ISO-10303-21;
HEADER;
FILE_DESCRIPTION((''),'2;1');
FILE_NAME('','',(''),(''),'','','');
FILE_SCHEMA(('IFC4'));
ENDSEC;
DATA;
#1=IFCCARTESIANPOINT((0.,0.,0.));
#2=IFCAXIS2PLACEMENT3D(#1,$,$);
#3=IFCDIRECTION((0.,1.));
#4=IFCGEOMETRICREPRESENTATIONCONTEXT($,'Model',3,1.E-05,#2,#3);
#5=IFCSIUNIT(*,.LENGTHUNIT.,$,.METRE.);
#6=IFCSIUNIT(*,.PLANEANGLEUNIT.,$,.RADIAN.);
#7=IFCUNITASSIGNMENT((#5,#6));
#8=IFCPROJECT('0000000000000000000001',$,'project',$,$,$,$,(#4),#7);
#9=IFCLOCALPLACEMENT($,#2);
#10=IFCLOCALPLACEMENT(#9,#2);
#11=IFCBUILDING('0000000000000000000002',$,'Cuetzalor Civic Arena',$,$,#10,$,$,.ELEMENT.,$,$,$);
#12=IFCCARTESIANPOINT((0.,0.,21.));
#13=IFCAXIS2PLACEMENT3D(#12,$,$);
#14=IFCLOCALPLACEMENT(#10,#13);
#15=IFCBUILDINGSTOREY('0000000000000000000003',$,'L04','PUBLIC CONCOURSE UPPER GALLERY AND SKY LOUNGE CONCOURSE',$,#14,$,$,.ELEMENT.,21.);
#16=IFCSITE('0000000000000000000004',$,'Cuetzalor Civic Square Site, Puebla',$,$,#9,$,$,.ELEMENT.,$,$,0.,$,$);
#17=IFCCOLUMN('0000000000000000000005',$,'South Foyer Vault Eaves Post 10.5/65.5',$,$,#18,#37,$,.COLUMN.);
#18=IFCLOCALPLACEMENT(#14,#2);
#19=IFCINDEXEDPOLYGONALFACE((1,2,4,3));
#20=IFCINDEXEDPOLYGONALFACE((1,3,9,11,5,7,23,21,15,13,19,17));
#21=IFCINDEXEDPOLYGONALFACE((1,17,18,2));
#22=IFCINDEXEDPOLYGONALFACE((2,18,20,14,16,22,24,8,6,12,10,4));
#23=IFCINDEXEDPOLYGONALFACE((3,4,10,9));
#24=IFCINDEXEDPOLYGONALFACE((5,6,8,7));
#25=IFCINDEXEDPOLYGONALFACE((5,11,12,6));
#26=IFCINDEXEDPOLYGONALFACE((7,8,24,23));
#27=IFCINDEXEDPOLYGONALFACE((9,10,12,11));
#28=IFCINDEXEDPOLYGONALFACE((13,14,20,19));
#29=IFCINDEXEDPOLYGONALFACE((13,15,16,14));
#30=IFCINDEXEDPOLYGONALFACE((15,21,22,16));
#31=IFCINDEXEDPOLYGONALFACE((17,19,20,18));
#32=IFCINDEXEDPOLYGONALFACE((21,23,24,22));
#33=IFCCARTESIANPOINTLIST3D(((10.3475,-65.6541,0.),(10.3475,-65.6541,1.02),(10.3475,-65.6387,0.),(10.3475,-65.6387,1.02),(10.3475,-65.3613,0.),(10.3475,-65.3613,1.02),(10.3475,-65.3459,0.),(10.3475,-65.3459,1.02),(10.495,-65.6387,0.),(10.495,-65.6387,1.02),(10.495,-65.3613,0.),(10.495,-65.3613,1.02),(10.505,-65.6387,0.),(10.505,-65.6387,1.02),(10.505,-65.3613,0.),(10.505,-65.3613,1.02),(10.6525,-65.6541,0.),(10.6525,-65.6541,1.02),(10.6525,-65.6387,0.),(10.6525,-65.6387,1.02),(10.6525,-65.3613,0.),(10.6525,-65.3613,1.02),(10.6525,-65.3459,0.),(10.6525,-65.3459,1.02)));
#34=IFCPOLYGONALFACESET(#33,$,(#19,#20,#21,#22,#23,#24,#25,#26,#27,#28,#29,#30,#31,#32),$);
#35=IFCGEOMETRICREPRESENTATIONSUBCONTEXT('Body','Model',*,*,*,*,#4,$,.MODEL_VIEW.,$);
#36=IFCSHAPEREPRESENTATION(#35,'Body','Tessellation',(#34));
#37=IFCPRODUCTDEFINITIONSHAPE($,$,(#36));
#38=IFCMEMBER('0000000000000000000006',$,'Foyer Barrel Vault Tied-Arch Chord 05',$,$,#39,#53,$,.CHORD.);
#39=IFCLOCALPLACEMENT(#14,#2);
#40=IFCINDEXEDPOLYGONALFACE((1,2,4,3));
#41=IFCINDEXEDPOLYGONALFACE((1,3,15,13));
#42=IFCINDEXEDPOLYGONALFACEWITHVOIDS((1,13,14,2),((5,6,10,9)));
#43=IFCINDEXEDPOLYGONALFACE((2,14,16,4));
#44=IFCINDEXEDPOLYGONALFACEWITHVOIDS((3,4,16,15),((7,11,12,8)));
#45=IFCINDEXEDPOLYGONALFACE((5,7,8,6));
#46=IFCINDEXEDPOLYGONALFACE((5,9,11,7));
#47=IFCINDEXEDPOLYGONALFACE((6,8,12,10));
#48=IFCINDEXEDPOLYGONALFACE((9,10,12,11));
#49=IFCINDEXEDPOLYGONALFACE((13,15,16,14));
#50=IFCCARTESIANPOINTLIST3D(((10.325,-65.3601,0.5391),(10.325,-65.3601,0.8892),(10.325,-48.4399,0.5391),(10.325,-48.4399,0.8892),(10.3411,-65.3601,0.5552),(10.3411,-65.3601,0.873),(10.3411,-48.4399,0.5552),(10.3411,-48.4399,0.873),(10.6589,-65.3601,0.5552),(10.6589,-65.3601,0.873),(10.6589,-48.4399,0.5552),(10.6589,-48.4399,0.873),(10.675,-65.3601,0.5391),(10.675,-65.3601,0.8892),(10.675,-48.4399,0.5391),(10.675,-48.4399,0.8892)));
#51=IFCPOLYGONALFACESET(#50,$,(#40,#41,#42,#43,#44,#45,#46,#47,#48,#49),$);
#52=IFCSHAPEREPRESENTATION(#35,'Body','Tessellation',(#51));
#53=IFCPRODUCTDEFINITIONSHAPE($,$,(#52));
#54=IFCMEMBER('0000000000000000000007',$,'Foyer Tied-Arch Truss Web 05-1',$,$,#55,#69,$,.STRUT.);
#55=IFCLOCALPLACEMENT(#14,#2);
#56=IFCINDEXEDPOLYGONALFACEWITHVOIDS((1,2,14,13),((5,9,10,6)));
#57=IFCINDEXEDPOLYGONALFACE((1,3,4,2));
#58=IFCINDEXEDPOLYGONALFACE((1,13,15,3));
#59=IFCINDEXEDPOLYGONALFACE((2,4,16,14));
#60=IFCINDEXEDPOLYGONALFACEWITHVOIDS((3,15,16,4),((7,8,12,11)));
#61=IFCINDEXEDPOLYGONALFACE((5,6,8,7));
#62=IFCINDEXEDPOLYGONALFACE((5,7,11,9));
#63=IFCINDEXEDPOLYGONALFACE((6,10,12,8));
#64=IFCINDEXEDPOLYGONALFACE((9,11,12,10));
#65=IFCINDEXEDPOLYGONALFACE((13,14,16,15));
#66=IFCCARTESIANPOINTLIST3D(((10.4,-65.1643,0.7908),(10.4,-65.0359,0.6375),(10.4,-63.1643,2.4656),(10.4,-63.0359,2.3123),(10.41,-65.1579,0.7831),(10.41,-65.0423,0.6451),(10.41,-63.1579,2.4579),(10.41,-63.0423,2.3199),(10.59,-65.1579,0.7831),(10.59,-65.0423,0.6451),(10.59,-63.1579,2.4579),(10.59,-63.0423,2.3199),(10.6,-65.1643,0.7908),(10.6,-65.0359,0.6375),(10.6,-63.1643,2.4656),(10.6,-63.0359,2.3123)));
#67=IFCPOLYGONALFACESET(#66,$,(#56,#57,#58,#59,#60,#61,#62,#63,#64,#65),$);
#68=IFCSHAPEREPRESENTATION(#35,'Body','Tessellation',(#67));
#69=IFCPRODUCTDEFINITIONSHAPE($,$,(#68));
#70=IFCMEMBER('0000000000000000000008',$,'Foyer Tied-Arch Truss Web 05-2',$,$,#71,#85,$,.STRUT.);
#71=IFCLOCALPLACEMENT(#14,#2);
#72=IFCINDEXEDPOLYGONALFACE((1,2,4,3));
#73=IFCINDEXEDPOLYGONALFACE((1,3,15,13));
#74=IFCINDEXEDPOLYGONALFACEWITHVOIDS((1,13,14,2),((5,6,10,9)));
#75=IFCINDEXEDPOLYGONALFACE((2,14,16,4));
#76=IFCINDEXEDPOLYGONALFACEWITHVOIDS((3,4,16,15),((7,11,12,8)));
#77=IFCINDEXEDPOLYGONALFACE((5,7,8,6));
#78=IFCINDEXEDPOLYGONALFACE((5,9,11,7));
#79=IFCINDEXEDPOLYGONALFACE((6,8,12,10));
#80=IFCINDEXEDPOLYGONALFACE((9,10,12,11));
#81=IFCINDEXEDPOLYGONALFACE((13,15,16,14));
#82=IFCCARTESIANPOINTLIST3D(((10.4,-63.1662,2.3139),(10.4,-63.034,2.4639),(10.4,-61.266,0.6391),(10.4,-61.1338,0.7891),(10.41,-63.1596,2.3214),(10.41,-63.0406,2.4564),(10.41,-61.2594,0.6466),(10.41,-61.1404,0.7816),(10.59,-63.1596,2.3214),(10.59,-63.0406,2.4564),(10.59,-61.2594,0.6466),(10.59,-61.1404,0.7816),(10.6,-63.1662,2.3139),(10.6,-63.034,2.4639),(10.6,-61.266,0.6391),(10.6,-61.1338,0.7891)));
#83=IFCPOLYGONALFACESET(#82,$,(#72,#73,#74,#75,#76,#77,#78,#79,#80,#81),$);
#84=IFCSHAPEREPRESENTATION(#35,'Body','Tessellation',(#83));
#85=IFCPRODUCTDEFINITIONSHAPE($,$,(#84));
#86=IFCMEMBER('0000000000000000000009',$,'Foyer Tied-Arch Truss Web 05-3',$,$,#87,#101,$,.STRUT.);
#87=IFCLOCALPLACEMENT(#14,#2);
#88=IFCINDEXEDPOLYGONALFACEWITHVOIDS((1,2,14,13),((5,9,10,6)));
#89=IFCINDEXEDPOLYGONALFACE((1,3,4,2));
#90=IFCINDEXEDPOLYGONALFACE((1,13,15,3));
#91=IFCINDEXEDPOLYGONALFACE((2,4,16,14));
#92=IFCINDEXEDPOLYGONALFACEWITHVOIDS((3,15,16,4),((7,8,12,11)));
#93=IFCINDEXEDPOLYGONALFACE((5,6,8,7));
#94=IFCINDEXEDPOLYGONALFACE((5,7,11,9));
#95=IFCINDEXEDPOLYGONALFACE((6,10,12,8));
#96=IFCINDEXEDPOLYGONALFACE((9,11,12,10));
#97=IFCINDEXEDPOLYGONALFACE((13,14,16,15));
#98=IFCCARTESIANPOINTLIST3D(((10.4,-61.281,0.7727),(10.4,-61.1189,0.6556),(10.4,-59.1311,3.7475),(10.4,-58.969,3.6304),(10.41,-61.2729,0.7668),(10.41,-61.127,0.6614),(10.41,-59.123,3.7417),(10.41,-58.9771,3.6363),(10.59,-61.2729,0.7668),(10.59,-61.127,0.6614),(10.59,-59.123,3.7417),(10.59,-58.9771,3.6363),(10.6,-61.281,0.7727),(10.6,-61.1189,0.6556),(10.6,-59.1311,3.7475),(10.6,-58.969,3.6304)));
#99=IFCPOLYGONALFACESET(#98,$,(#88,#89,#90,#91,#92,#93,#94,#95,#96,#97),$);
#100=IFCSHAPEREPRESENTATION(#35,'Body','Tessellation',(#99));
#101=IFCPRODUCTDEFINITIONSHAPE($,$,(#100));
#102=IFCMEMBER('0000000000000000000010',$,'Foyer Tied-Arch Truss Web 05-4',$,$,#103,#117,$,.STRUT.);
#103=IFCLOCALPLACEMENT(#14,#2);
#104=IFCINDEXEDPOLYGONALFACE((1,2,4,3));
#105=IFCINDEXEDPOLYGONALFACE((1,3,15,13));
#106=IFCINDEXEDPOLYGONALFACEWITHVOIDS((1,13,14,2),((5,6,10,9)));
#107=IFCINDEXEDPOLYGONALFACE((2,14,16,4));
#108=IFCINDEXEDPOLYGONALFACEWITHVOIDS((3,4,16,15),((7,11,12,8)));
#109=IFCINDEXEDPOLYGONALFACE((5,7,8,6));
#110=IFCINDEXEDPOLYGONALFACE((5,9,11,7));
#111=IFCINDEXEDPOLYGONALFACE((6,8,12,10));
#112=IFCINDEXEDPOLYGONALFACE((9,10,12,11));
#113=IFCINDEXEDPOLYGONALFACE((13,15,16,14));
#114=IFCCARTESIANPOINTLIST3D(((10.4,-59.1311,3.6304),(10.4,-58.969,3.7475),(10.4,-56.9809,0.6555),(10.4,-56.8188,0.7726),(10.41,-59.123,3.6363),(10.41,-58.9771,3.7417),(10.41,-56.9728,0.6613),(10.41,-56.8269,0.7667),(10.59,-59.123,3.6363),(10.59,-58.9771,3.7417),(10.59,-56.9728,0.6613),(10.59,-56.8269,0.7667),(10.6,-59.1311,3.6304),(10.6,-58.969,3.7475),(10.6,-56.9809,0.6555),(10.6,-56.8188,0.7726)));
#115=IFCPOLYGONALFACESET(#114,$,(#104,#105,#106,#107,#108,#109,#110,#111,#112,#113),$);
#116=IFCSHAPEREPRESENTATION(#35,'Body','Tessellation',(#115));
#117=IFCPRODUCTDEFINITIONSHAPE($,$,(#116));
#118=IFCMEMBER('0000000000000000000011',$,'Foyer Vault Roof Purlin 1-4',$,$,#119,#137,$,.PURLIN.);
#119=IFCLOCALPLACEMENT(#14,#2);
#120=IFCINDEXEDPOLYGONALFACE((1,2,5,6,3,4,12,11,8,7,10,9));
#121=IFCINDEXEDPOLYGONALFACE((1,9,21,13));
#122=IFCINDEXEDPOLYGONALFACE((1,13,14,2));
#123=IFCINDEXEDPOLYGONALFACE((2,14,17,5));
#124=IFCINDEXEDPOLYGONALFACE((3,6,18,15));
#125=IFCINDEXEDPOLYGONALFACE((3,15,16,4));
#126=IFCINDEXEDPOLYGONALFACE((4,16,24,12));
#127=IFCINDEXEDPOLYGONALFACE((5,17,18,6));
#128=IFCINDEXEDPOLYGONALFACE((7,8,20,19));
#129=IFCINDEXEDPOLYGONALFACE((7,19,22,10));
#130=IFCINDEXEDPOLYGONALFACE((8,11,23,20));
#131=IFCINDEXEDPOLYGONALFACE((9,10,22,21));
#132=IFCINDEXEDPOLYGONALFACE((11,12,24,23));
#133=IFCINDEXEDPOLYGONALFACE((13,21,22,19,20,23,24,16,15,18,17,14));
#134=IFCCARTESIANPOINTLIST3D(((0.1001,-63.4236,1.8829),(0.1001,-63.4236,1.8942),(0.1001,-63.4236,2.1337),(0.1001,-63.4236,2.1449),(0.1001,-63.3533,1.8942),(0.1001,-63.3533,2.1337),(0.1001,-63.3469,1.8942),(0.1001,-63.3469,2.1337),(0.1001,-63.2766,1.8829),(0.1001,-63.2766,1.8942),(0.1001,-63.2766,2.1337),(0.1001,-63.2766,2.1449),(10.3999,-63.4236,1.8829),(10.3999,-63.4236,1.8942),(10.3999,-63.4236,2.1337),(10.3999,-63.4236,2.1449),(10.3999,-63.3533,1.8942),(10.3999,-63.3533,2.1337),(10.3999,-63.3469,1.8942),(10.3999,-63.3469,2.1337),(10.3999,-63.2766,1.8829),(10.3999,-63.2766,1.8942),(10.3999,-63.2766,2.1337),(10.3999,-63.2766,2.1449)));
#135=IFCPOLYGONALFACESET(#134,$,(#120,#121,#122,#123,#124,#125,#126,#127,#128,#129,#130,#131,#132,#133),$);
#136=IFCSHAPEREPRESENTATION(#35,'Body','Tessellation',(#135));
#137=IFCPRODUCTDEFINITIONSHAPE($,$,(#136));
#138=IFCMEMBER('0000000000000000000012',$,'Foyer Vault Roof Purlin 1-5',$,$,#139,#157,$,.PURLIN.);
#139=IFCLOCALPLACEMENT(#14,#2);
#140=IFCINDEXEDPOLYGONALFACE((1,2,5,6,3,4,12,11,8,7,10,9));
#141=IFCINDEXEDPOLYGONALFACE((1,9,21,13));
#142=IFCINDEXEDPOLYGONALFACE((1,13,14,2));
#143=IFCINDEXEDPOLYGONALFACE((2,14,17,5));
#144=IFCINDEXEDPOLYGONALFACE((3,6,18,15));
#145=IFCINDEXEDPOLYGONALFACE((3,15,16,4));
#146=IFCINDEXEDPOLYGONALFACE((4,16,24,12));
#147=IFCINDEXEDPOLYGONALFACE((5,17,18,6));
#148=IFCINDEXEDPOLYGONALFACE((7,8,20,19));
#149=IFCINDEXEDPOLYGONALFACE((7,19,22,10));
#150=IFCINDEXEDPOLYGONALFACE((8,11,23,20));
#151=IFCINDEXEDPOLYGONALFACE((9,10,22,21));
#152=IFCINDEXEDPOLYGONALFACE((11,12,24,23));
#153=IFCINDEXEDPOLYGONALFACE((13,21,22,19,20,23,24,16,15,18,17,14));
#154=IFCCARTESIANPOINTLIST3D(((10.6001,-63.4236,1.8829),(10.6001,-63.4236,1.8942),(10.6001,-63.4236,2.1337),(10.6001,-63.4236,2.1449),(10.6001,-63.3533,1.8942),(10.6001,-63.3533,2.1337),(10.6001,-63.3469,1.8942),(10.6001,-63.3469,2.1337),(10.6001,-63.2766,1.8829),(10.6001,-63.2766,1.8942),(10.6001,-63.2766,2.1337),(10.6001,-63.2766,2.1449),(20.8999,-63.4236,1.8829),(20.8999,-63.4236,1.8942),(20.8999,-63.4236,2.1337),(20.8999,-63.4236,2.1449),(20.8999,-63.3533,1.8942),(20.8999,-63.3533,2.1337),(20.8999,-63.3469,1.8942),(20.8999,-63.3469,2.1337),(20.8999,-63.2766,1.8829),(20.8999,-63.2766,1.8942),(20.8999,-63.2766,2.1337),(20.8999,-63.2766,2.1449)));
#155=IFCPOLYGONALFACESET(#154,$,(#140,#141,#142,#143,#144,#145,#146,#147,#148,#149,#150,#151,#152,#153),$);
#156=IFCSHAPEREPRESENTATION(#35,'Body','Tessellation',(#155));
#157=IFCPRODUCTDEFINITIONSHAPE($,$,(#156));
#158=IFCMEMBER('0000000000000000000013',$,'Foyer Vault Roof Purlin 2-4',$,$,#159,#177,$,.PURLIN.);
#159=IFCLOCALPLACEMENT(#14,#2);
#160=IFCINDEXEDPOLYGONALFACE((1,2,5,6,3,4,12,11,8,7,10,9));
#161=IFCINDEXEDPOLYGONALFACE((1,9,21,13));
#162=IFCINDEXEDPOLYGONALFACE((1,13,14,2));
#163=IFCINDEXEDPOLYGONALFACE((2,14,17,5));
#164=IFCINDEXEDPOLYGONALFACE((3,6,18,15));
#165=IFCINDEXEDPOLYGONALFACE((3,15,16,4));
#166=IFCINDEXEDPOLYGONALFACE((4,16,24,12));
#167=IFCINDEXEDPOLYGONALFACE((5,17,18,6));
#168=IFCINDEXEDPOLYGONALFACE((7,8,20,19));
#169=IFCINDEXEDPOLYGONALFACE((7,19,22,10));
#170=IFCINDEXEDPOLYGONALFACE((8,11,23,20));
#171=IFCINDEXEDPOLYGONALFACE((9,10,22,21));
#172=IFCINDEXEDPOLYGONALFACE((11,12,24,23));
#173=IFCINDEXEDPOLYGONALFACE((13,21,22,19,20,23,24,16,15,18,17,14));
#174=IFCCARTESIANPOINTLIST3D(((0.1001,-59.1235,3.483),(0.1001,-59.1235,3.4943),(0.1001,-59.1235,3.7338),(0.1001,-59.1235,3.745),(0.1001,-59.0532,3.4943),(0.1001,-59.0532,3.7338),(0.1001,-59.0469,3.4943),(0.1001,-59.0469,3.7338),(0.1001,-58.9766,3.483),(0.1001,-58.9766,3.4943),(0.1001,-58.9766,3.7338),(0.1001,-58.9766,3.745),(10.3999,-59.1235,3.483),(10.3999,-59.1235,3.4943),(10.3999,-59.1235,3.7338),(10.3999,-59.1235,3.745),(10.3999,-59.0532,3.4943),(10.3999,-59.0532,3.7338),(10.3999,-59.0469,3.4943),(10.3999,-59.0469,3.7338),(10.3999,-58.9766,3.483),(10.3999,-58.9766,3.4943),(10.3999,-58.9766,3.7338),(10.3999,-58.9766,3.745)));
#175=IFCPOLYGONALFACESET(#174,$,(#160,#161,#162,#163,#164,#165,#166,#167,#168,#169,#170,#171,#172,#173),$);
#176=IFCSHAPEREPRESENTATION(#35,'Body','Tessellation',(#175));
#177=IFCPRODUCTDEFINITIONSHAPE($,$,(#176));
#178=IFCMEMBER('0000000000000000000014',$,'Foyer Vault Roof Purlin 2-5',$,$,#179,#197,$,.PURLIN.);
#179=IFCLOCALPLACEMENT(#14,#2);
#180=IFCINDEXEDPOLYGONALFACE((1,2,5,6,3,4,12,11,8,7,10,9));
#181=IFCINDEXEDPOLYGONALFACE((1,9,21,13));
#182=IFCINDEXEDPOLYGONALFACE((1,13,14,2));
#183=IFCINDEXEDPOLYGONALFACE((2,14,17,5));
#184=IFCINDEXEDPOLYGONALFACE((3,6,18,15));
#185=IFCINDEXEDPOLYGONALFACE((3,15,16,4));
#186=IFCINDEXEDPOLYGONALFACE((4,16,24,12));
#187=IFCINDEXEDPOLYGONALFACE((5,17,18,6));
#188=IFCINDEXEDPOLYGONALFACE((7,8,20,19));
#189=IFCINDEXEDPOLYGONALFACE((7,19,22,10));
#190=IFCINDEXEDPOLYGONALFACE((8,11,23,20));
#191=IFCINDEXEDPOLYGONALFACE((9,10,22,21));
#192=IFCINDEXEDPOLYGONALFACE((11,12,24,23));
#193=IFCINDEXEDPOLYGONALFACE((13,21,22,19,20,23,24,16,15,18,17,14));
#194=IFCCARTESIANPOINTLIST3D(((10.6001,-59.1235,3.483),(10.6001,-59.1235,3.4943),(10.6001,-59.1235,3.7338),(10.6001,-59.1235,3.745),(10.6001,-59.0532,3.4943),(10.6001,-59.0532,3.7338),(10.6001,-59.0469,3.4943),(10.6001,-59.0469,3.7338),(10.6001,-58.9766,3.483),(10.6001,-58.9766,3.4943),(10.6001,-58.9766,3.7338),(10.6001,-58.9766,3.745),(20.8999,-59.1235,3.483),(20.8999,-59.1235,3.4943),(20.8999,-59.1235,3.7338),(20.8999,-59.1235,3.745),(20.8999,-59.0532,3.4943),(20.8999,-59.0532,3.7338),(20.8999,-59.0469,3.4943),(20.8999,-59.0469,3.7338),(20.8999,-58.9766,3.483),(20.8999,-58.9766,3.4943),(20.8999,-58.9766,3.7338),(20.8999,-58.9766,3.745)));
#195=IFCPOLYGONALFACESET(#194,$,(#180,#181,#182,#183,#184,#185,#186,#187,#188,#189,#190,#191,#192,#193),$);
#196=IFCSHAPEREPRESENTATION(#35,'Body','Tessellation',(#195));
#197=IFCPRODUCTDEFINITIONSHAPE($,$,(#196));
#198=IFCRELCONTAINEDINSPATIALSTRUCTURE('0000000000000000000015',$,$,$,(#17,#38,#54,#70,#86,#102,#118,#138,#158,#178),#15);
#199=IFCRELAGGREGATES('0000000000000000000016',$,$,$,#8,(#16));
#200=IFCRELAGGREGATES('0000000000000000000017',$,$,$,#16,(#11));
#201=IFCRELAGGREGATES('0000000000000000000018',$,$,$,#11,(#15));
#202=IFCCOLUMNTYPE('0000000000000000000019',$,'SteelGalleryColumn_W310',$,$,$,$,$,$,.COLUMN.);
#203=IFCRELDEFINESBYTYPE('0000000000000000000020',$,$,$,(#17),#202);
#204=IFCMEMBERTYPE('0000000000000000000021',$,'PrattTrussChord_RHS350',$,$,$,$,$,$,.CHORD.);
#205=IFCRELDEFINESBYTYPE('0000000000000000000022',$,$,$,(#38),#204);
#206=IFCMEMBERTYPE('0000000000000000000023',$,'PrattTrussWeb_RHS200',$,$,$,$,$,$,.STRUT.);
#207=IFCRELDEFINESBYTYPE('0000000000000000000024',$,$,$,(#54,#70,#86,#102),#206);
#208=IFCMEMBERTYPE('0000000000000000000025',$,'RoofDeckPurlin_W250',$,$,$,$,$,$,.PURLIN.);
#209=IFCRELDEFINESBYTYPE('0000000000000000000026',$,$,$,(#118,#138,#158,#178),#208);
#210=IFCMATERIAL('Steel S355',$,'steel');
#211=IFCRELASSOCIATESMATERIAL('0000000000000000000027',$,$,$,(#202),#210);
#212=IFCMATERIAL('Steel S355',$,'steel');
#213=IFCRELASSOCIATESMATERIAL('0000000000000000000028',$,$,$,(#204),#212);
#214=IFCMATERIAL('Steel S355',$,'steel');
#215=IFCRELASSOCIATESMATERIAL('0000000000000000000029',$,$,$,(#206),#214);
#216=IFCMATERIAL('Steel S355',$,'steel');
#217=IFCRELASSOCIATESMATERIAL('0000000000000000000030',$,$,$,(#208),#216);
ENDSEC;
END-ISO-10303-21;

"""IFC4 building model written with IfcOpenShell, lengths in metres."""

from ifc_helpers import new_model, si_unit, direction, frame, origin, origin_2d, place, context, subcontext, project, spatial, hollow_rectangle, i_section, extrude, material, material_profile, profile_set, type_object, element, save


model = new_model("IFC4")

# Units and contexts
model_context = context("Model", 3, precision=1e-05, world=origin(), true_north=direction((0.0, 1.0)))
body_context = subcontext(model_context, "Body", "Model", "MODEL_VIEW")
ifc_project = project(units=[si_unit("LENGTHUNIT", "METRE"), si_unit("PLANEANGLEUNIT", "RADIAN")], contexts=[model_context])

# Site, building, storey
site_placement = place(None, origin())
site = spatial("IfcSite", under=ifc_project, at=site_placement, Name="Cuetzalor Civic Square Site, Puebla", CompositionType="ELEMENT", RefElevation=0.0)
building_placement = place(site_placement, origin())
building = spatial("IfcBuilding", under=site, at=building_placement, Name="Cuetzalor Civic Arena", CompositionType="ELEMENT")
storey_placement = place(building_placement, frame((0.0, 0.0, 21.0)))
storey = spatial("IfcBuildingStorey", under=building, at=storey_placement, Name="L04", Description="PUBLIC CONCOURSE UPPER GALLERY AND SKY LOUNGE CONCOURSE", CompositionType="ELEMENT", Elevation=21.0)

# Column
ifc_material_1 = material(Name="Steel S355", Category="steel")
ifc_material_profile_1 = material_profile(ifc_material_1, i_section(OverallWidth=0.3049, OverallDepth=0.3081, WebThickness=0.01, FlangeThickness=0.0154, at=origin_2d()), Name="W310x97")
ifc_profile_set_1 = profile_set([ifc_material_profile_1], Name="Steel S355")
column_type = type_object("IfcColumnType", Name="SteelGalleryColumn_W310", PredefinedType="COLUMN", material=ifc_profile_set_1)
column_placement = place(storey_placement, frame((10.5, -65.5, 0.0), z_axis=(0.0, 0.0, 1.0), x_axis=(1.0, 0.0, 0.0)))
element("IfcColumn", 1, at=column_placement, inside=storey, type_object=column_type, Name="South Foyer Vault Eaves Post 10.5/65.5", PredefinedType="COLUMN", context=body_context, shape_type="SweptSolid", body=[
    extrude(i_section(OverallWidth=0.3049, OverallDepth=0.3081, WebThickness=0.01, FlangeThickness=0.0154, at=origin_2d()), origin(), (0.0, 0.0, 1.0), 1.02),
])

# Members
ifc_material_2 = material(Name="Steel S355", Category="steel")
ifc_material_profile_2 = material_profile(ifc_material_2, hollow_rectangle(XDim=0.3501, YDim=0.3501, WallThickness=0.0161, at=origin_2d()), Name="RHS 350x350x16")
ifc_profile_set_2 = profile_set([ifc_material_profile_2], Name="Steel S355")
member_type_1 = type_object("IfcMemberType", Name="PrattTrussChord_RHS350", PredefinedType="CHORD", material=ifc_profile_set_2)
member_1_placement = place(storey_placement, frame((10.5, -65.3601, 0.7141), z_axis=(0.0, 1.0, 0.0), x_axis=(-1.0, 0.0, 0.0)))
element("IfcMember", 2, at=member_1_placement, inside=storey, type_object=member_type_1, Name="Foyer Barrel Vault Tied-Arch Chord 05", PredefinedType="CHORD", context=body_context, shape_type="SweptSolid", body=[
    extrude(hollow_rectangle(XDim=0.3501, YDim=0.3501, WallThickness=0.0161, at=origin_2d()), origin(), (0.0, 0.0, 1.0), 16.9202),
])
ifc_material_3 = material(Name="Steel S355", Category="steel")
ifc_material_profile_3 = material_profile(ifc_material_3, hollow_rectangle(XDim=0.2, YDim=0.2, WallThickness=0.01, at=origin_2d()), Name="RHS 200x200x10")
ifc_profile_set_3 = profile_set([ifc_material_profile_3], Name="Steel S355")
member_type_2 = type_object("IfcMemberType", Name="PrattTrussWeb_RHS200", PredefinedType="STRUT", material=ifc_profile_set_3)
member_2_placement = place(storey_placement, frame((10.5, -65.1001, 0.7141), z_axis=(0.0, 0.766685, 0.642024), x_axis=(-1.0, 0.0, 0.0)))
element("IfcMember", 3, at=member_2_placement, inside=storey, type_object=member_type_2, Name="Foyer Tied-Arch Truss Web 05-1", PredefinedType="STRUT", context=body_context, shape_type="SweptSolid", body=[
    extrude(hollow_rectangle(XDim=0.2, YDim=0.2, WallThickness=0.01, at=origin_2d()), origin(), (0.0, 0.0, 1.0), 2.6086),
])
member_3_placement = place(storey_placement, frame((10.5, -63.1001, 2.3889), z_axis=(0.0, 0.750189, -0.661223), x_axis=(-1.0, 0.0, 0.0)))
element("IfcMember", 4, at=member_3_placement, inside=storey, type_object=member_type_2, Name="Foyer Tied-Arch Truss Web 05-2", PredefinedType="STRUT", context=body_context, shape_type="SweptSolid", body=[
    extrude(hollow_rectangle(XDim=0.2, YDim=0.2, WallThickness=0.01, at=origin_2d()), origin(), (0.0, 0.0, 1.0), 2.533),
])
member_4_placement = place(storey_placement, frame((10.5, -61.2, 0.7141), z_axis=(0.0, 0.585741, 0.810499), x_axis=(-1.0, 0.0, 0.0)))
element("IfcMember", 5, at=member_4_placement, inside=storey, type_object=member_type_2, Name="Foyer Tied-Arch Truss Web 05-3", PredefinedType="STRUT", context=body_context, shape_type="SweptSolid", body=[
    extrude(hollow_rectangle(XDim=0.2, YDim=0.2, WallThickness=0.01, at=origin_2d()), origin(), (0.0, 0.0, 1.0), 3.6704),
])
member_5_placement = place(storey_placement, frame((10.5, -59.05, 3.689), z_axis=(0.0, 0.585784, -0.810467), x_axis=(-1.0, 0.0, 0.0)))
element("IfcMember", 6, at=member_5_placement, inside=storey, type_object=member_type_2, Name="Foyer Tied-Arch Truss Web 05-4", PredefinedType="STRUT", context=body_context, shape_type="SweptSolid", body=[
    extrude(hollow_rectangle(XDim=0.2, YDim=0.2, WallThickness=0.01, at=origin_2d()), origin(), (0.0, 0.0, 1.0), 3.6707),
])
ifc_material_4 = material(Name="Steel S355", Category="steel")
ifc_material_profile_4 = material_profile(ifc_material_4, i_section(OverallWidth=0.147, OverallDepth=0.262, WebThickness=0.0063, FlangeThickness=0.0112, at=origin_2d()), Name="W250x39")
ifc_profile_set_4 = profile_set([ifc_material_profile_4], Name="Steel S355")
member_type_3 = type_object("IfcMemberType", Name="RoofDeckPurlin_W250", PredefinedType="PURLIN", material=ifc_profile_set_4)
for number, where, z_axis, x_axis, name in (
    (7, (0.1001, -63.3501, 2.0139), (1.0, 0.0, 0.0), (0.0, 1.0, 0.0), "Foyer Vault Roof Purlin 1-4"),
    (8, (10.6001, -63.3501, 2.0139), (1.0, 0.0, 0.0), (0.0, 1.0, 0.0), "Foyer Vault Roof Purlin 1-5"),
    (9, (0.1001, -59.05, 3.614), (1.0, 0.0, 0.0), (0.0, 1.0, 0.0), "Foyer Vault Roof Purlin 2-4"),
    (10, (10.6001, -59.05, 3.614), (1.0, 0.0, 0.0), (0.0, 1.0, 0.0), "Foyer Vault Roof Purlin 2-5"),
):
    element("IfcMember", number, at=place(storey_placement, frame(where, z_axis=z_axis, x_axis=x_axis)), inside=storey, type_object=member_type_3, Name=name, PredefinedType="PURLIN", context=body_context, shape_type="SweptSolid", body=[
        extrude(i_section(OverallWidth=0.147, OverallDepth=0.262, WebThickness=0.0063, FlangeThickness=0.0112, at=origin_2d()), origin(), (0.0, 0.0, 1.0), 10.2998),
    ])

save(model, "model.ifc")
